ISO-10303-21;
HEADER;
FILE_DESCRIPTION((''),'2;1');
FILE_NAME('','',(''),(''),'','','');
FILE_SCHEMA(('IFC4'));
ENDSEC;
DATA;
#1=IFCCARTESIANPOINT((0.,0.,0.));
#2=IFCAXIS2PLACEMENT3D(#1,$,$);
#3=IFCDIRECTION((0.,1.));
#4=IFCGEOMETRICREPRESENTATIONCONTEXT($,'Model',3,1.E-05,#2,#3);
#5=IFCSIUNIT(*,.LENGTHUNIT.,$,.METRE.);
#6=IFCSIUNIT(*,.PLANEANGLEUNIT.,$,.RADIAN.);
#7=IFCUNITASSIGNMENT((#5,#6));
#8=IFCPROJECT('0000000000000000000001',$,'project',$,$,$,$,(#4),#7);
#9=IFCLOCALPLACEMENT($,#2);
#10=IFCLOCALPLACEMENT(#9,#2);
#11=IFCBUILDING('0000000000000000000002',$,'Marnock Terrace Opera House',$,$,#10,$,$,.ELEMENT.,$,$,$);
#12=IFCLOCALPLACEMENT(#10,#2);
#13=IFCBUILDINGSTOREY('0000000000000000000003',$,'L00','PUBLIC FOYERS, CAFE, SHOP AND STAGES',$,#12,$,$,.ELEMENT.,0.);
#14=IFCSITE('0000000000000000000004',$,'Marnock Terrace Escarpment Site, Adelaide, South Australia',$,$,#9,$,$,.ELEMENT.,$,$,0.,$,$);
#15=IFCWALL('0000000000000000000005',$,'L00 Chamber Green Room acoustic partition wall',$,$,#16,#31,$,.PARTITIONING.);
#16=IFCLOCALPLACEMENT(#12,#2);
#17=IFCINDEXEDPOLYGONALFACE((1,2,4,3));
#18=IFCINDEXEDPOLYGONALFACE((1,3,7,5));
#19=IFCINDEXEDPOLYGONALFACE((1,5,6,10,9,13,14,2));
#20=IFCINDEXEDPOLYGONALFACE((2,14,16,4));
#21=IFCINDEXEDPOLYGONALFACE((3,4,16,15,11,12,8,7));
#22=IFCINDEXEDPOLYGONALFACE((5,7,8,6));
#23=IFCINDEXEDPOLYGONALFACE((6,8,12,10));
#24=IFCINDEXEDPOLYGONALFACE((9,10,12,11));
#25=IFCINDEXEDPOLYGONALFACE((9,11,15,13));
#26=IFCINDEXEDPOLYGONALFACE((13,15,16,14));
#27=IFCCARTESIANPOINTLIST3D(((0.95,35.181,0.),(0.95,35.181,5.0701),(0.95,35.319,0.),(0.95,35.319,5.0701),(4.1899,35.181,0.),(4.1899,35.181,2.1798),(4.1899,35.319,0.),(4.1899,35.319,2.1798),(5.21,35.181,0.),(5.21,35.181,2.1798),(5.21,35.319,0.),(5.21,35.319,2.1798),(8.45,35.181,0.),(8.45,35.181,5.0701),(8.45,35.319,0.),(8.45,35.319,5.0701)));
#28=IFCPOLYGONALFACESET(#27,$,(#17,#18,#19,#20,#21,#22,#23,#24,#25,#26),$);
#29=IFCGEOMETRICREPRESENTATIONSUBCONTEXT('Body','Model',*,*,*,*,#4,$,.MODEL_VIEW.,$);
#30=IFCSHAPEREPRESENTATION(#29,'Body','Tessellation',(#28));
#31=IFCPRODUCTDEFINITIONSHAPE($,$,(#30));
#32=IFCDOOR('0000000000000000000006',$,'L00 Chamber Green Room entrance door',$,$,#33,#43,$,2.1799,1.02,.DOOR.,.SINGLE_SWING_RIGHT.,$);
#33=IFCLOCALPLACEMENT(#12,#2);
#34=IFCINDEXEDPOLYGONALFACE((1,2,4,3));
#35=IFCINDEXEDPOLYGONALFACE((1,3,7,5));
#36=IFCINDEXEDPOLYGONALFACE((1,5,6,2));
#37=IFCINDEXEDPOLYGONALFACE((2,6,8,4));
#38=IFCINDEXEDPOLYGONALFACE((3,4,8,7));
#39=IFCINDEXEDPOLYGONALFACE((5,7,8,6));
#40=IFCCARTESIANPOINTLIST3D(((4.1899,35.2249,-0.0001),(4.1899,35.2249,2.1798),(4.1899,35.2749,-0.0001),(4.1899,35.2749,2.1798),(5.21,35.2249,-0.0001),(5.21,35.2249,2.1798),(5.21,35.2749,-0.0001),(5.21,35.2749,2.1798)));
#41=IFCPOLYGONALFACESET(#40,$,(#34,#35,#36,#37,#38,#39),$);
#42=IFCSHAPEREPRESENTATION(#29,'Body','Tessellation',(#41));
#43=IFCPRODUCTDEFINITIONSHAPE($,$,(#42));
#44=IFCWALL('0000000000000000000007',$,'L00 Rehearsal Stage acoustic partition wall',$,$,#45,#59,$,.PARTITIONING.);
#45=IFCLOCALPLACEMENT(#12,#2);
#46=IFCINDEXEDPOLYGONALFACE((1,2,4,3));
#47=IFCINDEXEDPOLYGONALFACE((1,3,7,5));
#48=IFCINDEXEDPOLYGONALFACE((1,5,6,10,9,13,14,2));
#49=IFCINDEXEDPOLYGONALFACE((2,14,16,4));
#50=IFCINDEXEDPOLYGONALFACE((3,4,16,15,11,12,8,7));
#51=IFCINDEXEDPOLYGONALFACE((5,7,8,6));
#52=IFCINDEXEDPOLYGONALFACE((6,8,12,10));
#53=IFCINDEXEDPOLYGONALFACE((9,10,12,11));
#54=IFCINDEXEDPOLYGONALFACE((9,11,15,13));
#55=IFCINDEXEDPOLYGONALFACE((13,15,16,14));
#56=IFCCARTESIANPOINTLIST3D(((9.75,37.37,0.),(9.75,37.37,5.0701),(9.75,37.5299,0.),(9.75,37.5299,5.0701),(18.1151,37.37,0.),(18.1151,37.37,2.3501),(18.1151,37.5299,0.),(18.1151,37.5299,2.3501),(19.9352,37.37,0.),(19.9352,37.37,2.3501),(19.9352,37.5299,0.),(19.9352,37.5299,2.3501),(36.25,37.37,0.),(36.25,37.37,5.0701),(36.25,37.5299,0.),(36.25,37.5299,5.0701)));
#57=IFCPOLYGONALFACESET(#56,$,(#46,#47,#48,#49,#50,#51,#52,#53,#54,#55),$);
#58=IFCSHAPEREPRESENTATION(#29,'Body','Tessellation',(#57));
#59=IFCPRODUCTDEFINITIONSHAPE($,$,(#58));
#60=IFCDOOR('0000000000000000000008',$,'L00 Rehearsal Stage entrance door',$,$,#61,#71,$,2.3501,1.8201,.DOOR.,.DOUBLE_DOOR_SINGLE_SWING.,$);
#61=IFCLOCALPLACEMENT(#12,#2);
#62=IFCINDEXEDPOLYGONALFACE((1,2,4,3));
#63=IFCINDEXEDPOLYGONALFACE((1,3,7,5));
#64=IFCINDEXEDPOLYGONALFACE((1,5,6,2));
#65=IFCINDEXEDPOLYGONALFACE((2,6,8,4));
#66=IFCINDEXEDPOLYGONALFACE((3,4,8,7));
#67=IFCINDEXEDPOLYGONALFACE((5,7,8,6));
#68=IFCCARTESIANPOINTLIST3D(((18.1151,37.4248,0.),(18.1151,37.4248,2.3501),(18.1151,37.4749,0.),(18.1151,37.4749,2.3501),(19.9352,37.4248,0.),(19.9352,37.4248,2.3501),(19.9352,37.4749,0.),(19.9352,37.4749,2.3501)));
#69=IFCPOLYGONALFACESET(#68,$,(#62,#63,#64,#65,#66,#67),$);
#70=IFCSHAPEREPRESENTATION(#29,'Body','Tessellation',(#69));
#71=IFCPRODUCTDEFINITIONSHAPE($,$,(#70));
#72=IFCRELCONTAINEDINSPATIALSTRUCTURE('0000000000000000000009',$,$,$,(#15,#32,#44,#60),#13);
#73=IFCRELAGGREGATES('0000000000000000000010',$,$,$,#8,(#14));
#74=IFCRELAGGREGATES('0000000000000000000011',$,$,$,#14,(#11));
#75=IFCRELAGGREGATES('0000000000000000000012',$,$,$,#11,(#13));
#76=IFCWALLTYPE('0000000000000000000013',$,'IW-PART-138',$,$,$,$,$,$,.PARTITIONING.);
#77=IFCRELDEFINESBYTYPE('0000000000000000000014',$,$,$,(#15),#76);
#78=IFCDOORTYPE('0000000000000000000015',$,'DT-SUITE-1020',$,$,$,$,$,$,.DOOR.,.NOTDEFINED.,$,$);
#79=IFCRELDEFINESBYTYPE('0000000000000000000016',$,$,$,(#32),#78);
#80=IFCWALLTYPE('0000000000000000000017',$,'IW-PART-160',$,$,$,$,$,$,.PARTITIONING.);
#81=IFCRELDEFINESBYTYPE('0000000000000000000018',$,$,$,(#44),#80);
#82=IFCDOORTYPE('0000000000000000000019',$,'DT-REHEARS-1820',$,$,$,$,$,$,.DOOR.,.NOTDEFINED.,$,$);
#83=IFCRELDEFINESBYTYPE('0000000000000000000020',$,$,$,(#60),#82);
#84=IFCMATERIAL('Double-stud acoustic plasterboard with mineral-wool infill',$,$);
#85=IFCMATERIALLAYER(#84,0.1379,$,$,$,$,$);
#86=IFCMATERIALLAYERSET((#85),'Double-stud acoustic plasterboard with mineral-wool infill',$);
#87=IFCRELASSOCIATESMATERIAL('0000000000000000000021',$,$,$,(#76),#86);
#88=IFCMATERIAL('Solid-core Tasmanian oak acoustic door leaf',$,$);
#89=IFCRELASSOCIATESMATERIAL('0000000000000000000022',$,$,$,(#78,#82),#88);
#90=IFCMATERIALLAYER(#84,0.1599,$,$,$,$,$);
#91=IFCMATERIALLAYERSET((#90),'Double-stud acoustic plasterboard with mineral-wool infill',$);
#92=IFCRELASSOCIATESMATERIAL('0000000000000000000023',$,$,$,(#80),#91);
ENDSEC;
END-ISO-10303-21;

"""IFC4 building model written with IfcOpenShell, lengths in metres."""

from ifc_helpers import new_model, si_unit, direction, frame, frame_2d, origin, place, context, subcontext, project, spatial, rectangle, extrude, material, layer, layer_set, type_object, element, fill, save


model = new_model("IFC4")

# Units and contexts
model_context = context("Model", 3, precision=1e-05, world=origin(), true_north=direction((0.0, 1.0)))
body_context = subcontext(model_context, "Body", "Model", "MODEL_VIEW")
ifc_project = project(units=[si_unit("LENGTHUNIT", "METRE"), si_unit("PLANEANGLEUNIT", "RADIAN")], contexts=[model_context])

# Site, building, storey
site_placement = place(None, origin())
site = spatial("IfcSite", under=ifc_project, at=site_placement, Name="Marnock Terrace Escarpment Site, Adelaide, South Australia", CompositionType="ELEMENT", RefElevation=0.0)
building_placement = place(site_placement, origin())
building = spatial("IfcBuilding", under=site, at=building_placement, Name="Marnock Terrace Opera House", CompositionType="ELEMENT")
storey_placement = place(building_placement, origin())
storey = spatial("IfcBuildingStorey", under=building, at=storey_placement, Name="L00", Description="PUBLIC FOYERS, CAFE, SHOP AND STAGES", CompositionType="ELEMENT", Elevation=0.0)

# Walls, openings, doors
ifc_material_1 = material(Name="Double-stud acoustic plasterboard with mineral-wool infill")
ifc_layer_1 = layer(ifc_material_1, 0.1379)
ifc_layer_set_1 = layer_set([ifc_layer_1], Name="Double-stud acoustic plasterboard with mineral-wool infill")
wall_type_1 = type_object("IfcWallType", Name="IW-PART-138", PredefinedType="PARTITIONING", material=ifc_layer_set_1)
wall_1_placement = place(storey_placement, frame((0.95, 35.25, 0.0), z_axis=(0.0, 0.0, 1.0), x_axis=(1.0, 0.0, 0.0)))
wall_1 = element("IfcWall", 1, at=wall_1_placement, inside=storey, type_object=wall_type_1, Name="L00 Chamber Green Room acoustic partition wall", PredefinedType="PARTITIONING", context=body_context, shape_type="SweptSolid", body=[
    extrude(rectangle(XDim=7.5, YDim=0.1379, at=frame_2d((3.75, 0.0))), origin(), (0.0, 0.0, 1.0), 5.0701),
])
opening_1_placement = place(wall_1_placement, frame((3.24, 0.0, 0.0)))
opening_1 = element("IfcOpeningElement", 2, at=opening_1_placement, cuts=wall_1, PredefinedType="OPENING", context=body_context, shape_type="SweptSolid", body=[
    extrude(rectangle(XDim=1.02, YDim=2.1799, at=frame_2d((0.51, 1.0898))), frame((0.0, 0.0789, 0.0), z_axis=(0.0, -1.0, 0.0), x_axis=(1.0, 0.0, 0.0)), (0.0, 0.0, 1.0), 0.158),
])
ifc_material_2 = material(Name="Solid-core Tasmanian oak acoustic door leaf")
door_type_1 = type_object("IfcDoorType", Name="DT-SUITE-1020", OperationType="NOTDEFINED", PredefinedType="DOOR", material=ifc_material_2)
door_1_placement = place(opening_1_placement, origin())
door_1 = element("IfcDoor", 3, at=door_1_placement, inside=storey, type_object=door_type_1, Name="L00 Chamber Green Room entrance door", OperationType="SINGLE_SWING_RIGHT", OverallHeight=2.1799, OverallWidth=1.02, PredefinedType="DOOR", context=body_context, shape_type="SweptSolid", body=[
    extrude(rectangle(XDim=1.02, YDim=2.1799, at=frame_2d((0.51, 1.0898))), frame((0.0, 0.0249, 0.0), z_axis=(0.0, -1.0, 0.0), x_axis=(1.0, 0.0, 0.0)), (0.0, 0.0, 1.0), 0.05),
])
fill(opening_1, door_1)
ifc_layer_2 = layer(ifc_material_1, 0.1599)
ifc_layer_set_2 = layer_set([ifc_layer_2], Name="Double-stud acoustic plasterboard with mineral-wool infill")
wall_type_2 = type_object("IfcWallType", Name="IW-PART-160", PredefinedType="PARTITIONING", material=ifc_layer_set_2)
wall_2_placement = place(storey_placement, frame((9.75, 37.45, 0.0), z_axis=(0.0, 0.0, 1.0), x_axis=(1.0, 0.0, 0.0)))
wall_2 = element("IfcWall", 4, at=wall_2_placement, inside=storey, type_object=wall_type_2, Name="L00 Rehearsal Stage acoustic partition wall", PredefinedType="PARTITIONING", context=body_context, shape_type="SweptSolid", body=[
    extrude(rectangle(XDim=26.5, YDim=0.1599, at=frame_2d((13.25, 0.0))), origin(), (0.0, 0.0, 1.0), 5.0701),
])
opening_2_placement = place(wall_2_placement, frame((8.365, 0.0, 0.0)))
opening_2 = element("IfcOpeningElement", 5, at=opening_2_placement, cuts=wall_2, PredefinedType="OPENING", context=body_context, shape_type="SweptSolid", body=[
    extrude(rectangle(XDim=1.8201, YDim=2.3501, at=frame_2d((0.9102, 1.175))), frame((0.0, 0.0898, 0.0), z_axis=(0.0, -1.0, 0.0), x_axis=(1.0, 0.0, 0.0)), (0.0, 0.0, 1.0), 0.1799),
])
door_type_2 = type_object("IfcDoorType", Name="DT-REHEARS-1820", OperationType="NOTDEFINED", PredefinedType="DOOR", material=ifc_material_2)
door_2_placement = place(opening_2_placement, origin())
door_2 = element("IfcDoor", 6, at=door_2_placement, inside=storey, type_object=door_type_2, Name="L00 Rehearsal Stage entrance door", OperationType="DOUBLE_DOOR_SINGLE_SWING", OverallHeight=2.3501, OverallWidth=1.8201, PredefinedType="DOOR", context=body_context, shape_type="SweptSolid", body=[
    extrude(rectangle(XDim=1.8201, YDim=2.3501, at=frame_2d((0.9102, 1.175))), frame((0.0, 0.0249, 0.0), z_axis=(0.0, -1.0, 0.0), x_axis=(1.0, 0.0, 0.0)), (0.0, 0.0, 1.0), 0.05),
])
fill(opening_2, door_2)

save(model, "model.ifc")
